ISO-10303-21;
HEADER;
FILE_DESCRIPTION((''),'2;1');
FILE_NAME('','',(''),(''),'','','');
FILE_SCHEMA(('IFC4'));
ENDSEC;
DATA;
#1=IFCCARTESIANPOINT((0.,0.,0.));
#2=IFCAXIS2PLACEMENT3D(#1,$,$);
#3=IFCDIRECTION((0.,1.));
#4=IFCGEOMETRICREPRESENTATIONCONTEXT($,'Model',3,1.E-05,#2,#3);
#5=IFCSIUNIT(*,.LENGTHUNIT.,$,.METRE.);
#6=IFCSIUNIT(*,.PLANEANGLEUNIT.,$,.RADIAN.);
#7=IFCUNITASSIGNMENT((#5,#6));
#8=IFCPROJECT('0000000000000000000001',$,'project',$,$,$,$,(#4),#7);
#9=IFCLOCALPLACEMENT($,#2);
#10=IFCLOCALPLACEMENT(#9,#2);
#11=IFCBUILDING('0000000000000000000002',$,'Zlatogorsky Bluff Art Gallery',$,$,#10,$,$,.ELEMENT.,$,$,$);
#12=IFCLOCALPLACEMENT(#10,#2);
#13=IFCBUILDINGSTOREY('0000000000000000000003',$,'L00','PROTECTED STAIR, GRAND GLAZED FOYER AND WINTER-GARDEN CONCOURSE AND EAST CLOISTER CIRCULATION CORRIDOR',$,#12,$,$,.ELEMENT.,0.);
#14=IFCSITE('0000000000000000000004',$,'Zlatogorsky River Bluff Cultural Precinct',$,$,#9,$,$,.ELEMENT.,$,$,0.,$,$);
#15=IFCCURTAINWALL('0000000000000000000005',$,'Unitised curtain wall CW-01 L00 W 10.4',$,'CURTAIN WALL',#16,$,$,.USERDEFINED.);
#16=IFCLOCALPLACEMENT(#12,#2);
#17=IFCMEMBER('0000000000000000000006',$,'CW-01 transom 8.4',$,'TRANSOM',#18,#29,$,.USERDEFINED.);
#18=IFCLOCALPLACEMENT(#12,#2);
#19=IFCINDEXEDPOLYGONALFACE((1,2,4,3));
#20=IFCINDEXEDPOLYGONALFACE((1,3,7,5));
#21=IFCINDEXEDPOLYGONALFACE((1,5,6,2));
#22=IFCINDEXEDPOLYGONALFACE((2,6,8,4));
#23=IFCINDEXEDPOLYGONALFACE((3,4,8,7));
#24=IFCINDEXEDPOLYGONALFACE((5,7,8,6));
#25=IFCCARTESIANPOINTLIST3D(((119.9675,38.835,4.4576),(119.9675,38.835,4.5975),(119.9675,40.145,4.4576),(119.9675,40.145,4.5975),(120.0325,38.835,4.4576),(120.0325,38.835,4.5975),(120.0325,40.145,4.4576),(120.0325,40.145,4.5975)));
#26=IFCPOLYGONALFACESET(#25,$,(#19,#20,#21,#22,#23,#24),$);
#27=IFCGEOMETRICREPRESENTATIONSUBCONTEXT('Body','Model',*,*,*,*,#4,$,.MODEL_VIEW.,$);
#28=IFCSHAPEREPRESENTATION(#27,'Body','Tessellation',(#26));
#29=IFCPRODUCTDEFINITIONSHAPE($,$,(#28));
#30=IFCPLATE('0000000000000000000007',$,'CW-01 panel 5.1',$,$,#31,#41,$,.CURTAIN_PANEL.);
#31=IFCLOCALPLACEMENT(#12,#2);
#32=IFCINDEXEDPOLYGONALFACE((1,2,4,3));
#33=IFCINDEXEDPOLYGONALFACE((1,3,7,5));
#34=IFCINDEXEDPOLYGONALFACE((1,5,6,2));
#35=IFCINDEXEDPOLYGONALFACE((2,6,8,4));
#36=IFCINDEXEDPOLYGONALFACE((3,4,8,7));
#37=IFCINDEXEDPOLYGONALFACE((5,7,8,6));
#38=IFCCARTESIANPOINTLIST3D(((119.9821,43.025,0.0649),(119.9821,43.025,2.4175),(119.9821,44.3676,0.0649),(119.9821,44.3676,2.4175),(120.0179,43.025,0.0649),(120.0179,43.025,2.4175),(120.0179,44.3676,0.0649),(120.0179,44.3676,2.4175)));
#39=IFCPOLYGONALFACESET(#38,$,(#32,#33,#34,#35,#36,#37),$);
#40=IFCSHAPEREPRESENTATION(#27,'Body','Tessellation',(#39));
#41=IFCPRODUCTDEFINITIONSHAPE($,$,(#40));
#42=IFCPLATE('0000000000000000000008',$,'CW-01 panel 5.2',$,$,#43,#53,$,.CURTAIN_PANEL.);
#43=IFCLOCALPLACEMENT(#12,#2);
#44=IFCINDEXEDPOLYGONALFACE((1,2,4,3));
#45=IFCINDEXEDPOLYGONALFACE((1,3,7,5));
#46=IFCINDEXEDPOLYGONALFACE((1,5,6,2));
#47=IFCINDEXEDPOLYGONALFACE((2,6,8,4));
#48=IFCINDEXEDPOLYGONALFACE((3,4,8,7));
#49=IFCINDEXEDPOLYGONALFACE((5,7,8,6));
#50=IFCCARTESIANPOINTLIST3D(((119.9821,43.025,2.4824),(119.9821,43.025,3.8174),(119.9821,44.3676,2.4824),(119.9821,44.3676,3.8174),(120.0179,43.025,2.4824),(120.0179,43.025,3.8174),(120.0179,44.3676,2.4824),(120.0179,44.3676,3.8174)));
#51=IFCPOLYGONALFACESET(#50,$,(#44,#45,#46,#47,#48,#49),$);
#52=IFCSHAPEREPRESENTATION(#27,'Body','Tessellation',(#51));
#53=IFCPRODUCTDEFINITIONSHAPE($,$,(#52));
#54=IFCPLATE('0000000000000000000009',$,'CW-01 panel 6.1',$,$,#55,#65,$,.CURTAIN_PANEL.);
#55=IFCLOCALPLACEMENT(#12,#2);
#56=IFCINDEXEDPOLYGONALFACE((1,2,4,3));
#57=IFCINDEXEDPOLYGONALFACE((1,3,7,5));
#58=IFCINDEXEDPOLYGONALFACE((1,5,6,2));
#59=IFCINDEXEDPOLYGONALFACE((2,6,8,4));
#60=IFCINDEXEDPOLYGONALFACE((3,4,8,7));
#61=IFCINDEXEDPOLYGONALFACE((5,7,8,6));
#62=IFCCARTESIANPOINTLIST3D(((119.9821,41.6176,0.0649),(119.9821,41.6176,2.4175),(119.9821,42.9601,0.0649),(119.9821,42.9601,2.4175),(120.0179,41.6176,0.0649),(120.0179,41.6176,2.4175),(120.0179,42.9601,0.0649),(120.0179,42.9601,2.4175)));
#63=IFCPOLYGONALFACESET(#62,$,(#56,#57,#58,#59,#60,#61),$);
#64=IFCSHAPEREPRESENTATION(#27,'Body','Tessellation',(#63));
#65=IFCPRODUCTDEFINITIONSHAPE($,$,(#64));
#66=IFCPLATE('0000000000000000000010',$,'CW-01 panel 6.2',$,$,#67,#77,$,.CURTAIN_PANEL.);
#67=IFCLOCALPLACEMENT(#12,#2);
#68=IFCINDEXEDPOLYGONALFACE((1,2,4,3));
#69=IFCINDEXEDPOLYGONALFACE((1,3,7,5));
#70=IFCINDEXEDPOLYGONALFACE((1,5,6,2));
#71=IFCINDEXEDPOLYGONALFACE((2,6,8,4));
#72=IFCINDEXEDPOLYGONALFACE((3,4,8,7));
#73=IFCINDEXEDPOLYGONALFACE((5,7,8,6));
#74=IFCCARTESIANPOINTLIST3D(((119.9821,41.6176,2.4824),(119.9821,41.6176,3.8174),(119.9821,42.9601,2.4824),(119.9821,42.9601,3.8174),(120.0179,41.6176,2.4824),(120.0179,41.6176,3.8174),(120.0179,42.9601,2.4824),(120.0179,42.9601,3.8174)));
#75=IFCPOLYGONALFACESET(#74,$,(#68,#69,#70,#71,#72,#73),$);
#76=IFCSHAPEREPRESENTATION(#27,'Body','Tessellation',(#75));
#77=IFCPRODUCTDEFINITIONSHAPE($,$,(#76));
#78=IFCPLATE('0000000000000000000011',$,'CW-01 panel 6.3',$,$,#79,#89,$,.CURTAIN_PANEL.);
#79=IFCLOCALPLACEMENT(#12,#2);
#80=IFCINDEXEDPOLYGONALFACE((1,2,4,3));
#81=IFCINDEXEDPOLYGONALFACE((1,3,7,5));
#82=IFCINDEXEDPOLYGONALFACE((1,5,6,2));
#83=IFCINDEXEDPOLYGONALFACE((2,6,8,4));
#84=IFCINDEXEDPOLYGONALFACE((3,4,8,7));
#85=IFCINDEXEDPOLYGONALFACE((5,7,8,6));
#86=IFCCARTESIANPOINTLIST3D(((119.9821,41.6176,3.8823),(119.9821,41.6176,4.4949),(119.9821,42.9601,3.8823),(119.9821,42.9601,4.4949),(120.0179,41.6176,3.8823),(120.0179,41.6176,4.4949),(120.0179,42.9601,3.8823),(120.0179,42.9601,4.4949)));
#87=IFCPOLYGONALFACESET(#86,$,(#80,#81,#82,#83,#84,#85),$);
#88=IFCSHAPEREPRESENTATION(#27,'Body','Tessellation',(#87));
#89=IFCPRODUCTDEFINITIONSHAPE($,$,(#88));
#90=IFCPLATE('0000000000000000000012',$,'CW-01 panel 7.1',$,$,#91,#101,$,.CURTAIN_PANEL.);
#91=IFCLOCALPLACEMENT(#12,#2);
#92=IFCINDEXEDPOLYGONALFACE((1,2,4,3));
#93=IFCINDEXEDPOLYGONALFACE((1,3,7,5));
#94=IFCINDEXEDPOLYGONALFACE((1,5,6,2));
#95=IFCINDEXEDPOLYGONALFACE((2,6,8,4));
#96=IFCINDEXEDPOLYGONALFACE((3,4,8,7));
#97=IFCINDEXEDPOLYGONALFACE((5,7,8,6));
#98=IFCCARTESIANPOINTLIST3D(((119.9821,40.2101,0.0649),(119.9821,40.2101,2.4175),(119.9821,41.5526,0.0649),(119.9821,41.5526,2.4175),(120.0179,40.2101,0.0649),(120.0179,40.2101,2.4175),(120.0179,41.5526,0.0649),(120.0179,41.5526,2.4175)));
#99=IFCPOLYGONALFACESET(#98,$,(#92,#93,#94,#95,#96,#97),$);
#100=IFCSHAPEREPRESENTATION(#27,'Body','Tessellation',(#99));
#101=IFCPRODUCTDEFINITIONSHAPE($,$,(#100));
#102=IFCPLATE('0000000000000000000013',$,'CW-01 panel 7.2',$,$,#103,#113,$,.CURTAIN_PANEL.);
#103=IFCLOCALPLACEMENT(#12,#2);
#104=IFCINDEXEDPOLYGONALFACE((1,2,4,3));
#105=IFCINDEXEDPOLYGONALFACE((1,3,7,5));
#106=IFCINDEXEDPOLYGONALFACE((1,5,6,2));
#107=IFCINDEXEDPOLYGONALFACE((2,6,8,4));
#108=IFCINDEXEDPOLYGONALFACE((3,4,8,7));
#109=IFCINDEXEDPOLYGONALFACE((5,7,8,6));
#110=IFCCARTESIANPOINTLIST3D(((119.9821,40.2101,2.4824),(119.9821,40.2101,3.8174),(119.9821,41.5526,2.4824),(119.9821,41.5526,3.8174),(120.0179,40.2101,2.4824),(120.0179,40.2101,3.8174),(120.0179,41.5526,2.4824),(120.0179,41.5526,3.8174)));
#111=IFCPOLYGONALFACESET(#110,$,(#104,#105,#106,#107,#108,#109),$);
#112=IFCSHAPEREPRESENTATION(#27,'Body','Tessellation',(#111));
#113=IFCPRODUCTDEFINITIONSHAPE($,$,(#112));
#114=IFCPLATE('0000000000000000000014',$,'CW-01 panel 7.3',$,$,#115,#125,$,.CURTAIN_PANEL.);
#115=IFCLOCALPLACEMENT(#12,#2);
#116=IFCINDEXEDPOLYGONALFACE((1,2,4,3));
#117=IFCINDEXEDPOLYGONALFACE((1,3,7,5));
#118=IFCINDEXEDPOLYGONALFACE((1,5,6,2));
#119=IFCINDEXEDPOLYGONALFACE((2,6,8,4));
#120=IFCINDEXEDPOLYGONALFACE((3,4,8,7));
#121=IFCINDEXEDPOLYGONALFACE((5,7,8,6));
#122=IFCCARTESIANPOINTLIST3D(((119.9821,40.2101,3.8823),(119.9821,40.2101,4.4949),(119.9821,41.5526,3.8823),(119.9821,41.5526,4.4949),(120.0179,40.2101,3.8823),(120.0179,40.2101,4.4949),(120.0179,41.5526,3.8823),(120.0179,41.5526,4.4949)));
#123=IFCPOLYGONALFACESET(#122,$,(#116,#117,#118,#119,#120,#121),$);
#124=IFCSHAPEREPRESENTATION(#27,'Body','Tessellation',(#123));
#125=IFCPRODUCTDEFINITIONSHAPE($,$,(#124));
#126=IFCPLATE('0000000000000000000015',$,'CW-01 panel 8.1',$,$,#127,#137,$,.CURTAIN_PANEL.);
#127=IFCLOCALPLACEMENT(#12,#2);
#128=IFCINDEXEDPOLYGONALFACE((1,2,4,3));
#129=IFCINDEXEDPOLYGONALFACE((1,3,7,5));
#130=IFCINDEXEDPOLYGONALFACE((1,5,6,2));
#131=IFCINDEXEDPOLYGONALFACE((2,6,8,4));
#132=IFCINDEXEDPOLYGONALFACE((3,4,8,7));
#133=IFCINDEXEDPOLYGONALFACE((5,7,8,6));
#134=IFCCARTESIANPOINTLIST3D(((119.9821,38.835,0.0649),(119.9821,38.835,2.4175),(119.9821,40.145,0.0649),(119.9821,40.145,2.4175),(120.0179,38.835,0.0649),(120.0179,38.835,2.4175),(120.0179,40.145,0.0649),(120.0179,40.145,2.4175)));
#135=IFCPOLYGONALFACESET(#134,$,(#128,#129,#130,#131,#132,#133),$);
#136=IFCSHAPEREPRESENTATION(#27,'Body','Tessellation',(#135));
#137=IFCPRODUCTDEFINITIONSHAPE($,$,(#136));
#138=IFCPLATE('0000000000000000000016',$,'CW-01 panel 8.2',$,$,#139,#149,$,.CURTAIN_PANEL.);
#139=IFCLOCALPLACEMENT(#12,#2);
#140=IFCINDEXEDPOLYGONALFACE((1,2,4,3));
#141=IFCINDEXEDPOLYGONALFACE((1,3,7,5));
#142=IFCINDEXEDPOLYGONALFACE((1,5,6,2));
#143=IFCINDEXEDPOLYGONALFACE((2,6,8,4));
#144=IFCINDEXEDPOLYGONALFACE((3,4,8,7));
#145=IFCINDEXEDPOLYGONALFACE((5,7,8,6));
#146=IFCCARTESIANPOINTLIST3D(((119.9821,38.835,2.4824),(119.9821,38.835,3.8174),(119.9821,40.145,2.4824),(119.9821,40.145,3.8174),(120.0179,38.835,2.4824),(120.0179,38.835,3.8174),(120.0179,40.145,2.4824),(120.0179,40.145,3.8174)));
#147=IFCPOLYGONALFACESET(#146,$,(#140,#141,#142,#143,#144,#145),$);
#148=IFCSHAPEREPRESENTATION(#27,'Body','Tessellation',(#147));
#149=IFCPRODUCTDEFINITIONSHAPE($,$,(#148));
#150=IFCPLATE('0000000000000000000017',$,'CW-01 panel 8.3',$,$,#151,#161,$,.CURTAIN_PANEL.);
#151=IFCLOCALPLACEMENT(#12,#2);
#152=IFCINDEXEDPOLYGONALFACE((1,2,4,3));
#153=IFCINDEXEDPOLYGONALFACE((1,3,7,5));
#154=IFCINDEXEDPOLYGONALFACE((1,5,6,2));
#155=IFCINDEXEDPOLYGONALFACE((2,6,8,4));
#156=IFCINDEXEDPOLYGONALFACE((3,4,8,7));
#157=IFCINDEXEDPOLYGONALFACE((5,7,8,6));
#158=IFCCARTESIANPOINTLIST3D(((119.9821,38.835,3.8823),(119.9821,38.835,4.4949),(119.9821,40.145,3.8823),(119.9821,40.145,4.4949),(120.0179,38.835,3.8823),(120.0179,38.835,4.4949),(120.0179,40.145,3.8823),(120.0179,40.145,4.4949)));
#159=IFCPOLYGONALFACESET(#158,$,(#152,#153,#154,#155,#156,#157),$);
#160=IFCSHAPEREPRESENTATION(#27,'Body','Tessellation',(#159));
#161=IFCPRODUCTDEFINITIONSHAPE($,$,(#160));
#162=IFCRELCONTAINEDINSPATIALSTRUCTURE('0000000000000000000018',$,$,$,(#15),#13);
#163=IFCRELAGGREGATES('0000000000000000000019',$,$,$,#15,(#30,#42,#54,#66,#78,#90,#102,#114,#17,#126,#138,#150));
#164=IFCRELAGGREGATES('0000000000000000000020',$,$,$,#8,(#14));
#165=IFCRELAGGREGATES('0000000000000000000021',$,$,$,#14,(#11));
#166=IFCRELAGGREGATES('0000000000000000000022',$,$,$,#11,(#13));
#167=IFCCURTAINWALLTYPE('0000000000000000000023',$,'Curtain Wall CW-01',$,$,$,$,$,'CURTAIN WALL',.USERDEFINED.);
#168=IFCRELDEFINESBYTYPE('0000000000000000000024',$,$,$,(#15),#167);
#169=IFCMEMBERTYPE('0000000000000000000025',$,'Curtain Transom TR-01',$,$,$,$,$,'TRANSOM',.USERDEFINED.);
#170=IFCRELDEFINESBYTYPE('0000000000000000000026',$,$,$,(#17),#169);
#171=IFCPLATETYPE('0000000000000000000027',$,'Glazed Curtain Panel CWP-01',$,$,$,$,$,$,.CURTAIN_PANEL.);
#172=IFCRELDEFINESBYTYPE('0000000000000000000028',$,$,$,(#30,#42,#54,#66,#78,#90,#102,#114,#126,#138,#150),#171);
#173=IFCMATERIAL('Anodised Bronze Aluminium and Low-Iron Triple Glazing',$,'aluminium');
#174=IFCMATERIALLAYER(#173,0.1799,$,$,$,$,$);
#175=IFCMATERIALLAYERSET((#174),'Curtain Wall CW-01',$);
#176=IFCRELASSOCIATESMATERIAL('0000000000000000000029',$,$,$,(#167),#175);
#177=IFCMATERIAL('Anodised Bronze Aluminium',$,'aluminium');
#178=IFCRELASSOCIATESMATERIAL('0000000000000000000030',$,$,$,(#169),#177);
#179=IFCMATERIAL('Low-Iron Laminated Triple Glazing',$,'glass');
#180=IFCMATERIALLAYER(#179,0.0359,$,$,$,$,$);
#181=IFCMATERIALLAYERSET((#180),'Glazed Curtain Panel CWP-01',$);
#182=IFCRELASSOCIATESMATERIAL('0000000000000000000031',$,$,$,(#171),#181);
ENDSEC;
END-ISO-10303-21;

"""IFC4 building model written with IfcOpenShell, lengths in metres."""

from ifc_helpers import new_model, si_unit, direction, frame, origin, origin_2d, place, context, subcontext, project, spatial, rectangle, extrude, material, layer, layer_set, material_profile, profile_set, type_object, element, aggregate, save


model = new_model("IFC4")

# Units and contexts
model_context = context("Model", 3, precision=1e-05, world=origin(), true_north=direction((0.0, 1.0)))
body_context = subcontext(model_context, "Body", "Model", "MODEL_VIEW")
ifc_project = project(units=[si_unit("LENGTHUNIT", "METRE"), si_unit("PLANEANGLEUNIT", "RADIAN")], contexts=[model_context])

# Site, building, storey
site_placement = place(None, origin())
site = spatial("IfcSite", under=ifc_project, at=site_placement, Name="Zlatogorsky River Bluff Cultural Precinct", CompositionType="ELEMENT", RefElevation=0.0)
building_placement = place(site_placement, origin())
building = spatial("IfcBuilding", under=site, at=building_placement, Name="Zlatogorsky Bluff Art Gallery", CompositionType="ELEMENT")
storey_placement = place(building_placement, origin())
storey = spatial("IfcBuildingStorey", under=building, at=storey_placement, Name="L00", Description="PROTECTED STAIR, GRAND GLAZED FOYER AND WINTER-GARDEN CONCOURSE AND EAST CLOISTER CIRCULATION CORRIDOR", CompositionType="ELEMENT", Elevation=0.0)

# Curtain wall, member, plates
ifc_material_1 = material(Name="Anodised Bronze Aluminium and Low-Iron Triple Glazing", Category="aluminium")
ifc_layer_1 = layer(ifc_material_1, 0.1799)
ifc_layer_set_1 = layer_set([ifc_layer_1], Name="Curtain Wall CW-01")
curtain_wall_type = type_object("IfcCurtainWallType", Name="Curtain Wall CW-01", ElementType="CURTAIN WALL", PredefinedType="USERDEFINED", material=ifc_layer_set_1)
curtain_wall_placement = place(storey_placement, origin())
curtain_wall = element("IfcCurtainWall", 1, at=curtain_wall_placement, inside=storey, type_object=curtain_wall_type, Name="Unitised curtain wall CW-01 L00 W 10.4", ObjectType="CURTAIN WALL", PredefinedType="USERDEFINED")
ifc_material_2 = material(Name="Anodised Bronze Aluminium", Category="aluminium")
ifc_material_profile_1 = material_profile(ifc_material_2, rectangle(XDim=0.0649, YDim=0.1399, at=origin_2d()), Name="ALU TRANSOM 65x140")
ifc_profile_set_1 = profile_set([ifc_material_profile_1], Name="Anodised Bronze Aluminium")
member_type_1 = type_object("IfcMemberType", Name="Curtain Transom TR-01", ElementType="TRANSOM", PredefinedType="USERDEFINED", material=ifc_profile_set_1)
member_1_placement = place(storey_placement, frame((120.0, 40.145, 4.5276), z_axis=(0.0, -1.0, 0.0), x_axis=(1.0, 0.0, 0.0)))
member_1 = element("IfcMember", 2, at=member_1_placement, type_object=member_type_1, Name="CW-01 transom 8.4", ObjectType="TRANSOM", PredefinedType="USERDEFINED", context=body_context, shape_type="SweptSolid", body=[
    extrude(rectangle(XDim=0.0649, YDim=0.1399, at=origin_2d()), origin(), (0.0, 0.0, 1.0), 1.3101),
])
ifc_material_3 = material(Name="Low-Iron Laminated Triple Glazing", Category="glass")
ifc_layer_2 = layer(ifc_material_3, 0.0359)
ifc_layer_set_2 = layer_set([ifc_layer_2], Name="Glazed Curtain Panel CWP-01")
plate_type = type_object("IfcPlateType", Name="Glazed Curtain Panel CWP-01", PredefinedType="CURTAIN_PANEL", material=ifc_layer_set_2)
plate_1_placement = place(storey_placement, frame((120.0, 43.6963, 0.0649), z_axis=(0.0, 0.0, 1.0), x_axis=(0.0, -1.0, 0.0)))
plate_1 = element("IfcPlate", 3, at=plate_1_placement, type_object=plate_type, Name="CW-01 panel 5.1", PredefinedType="CURTAIN_PANEL", context=body_context, shape_type="SweptSolid", body=[
    extrude(rectangle(XDim=1.3425, YDim=0.0359, at=origin_2d()), origin(), (0.0, 0.0, 1.0), 2.3525),
])
plate_2_placement = place(storey_placement, frame((120.0, 43.6963, 2.4824), z_axis=(0.0, 0.0, 1.0), x_axis=(0.0, -1.0, 0.0)))
plate_2 = element("IfcPlate", 4, at=plate_2_placement, type_object=plate_type, Name="CW-01 panel 5.2", PredefinedType="CURTAIN_PANEL", context=body_context, shape_type="SweptSolid", body=[
    extrude(rectangle(XDim=1.3425, YDim=0.0359, at=origin_2d()), origin(), (0.0, 0.0, 1.0), 1.335),
])
plate_3_placement = place(storey_placement, frame((120.0, 42.2888, 0.0649), z_axis=(0.0, 0.0, 1.0), x_axis=(0.0, -1.0, 0.0)))
plate_3 = element("IfcPlate", 5, at=plate_3_placement, type_object=plate_type, Name="CW-01 panel 6.1", PredefinedType="CURTAIN_PANEL", context=body_context, shape_type="SweptSolid", body=[
    extrude(rectangle(XDim=1.3425, YDim=0.0359, at=origin_2d()), origin(), (0.0, 0.0, 1.0), 2.3525),
])
plate_4_placement = place(storey_placement, frame((120.0, 42.2888, 2.4824), z_axis=(0.0, 0.0, 1.0), x_axis=(0.0, -1.0, 0.0)))
plate_4 = element("IfcPlate", 6, at=plate_4_placement, type_object=plate_type, Name="CW-01 panel 6.2", PredefinedType="CURTAIN_PANEL", context=body_context, shape_type="SweptSolid", body=[
    extrude(rectangle(XDim=1.3425, YDim=0.0359, at=origin_2d()), origin(), (0.0, 0.0, 1.0), 1.335),
])
plate_5_placement = place(storey_placement, frame((120.0, 42.2888, 3.8823), z_axis=(0.0, 0.0, 1.0), x_axis=(0.0, -1.0, 0.0)))
plate_5 = element("IfcPlate", 7, at=plate_5_placement, type_object=plate_type, Name="CW-01 panel 6.3", PredefinedType="CURTAIN_PANEL", context=body_context, shape_type="SweptSolid", body=[
    extrude(rectangle(XDim=1.3425, YDim=0.0359, at=origin_2d()), origin(), (0.0, 0.0, 1.0), 0.6125),
])
plate_6_placement = place(storey_placement, frame((120.0, 40.8813, 0.0649), z_axis=(0.0, 0.0, 1.0), x_axis=(0.0, -1.0, 0.0)))
plate_6 = element("IfcPlate", 8, at=plate_6_placement, type_object=plate_type, Name="CW-01 panel 7.1", PredefinedType="CURTAIN_PANEL", context=body_context, shape_type="SweptSolid", body=[
    extrude(rectangle(XDim=1.3425, YDim=0.0359, at=origin_2d()), origin(), (0.0, 0.0, 1.0), 2.3525),
])
plate_7_placement = place(storey_placement, frame((120.0, 40.8813, 2.4824), z_axis=(0.0, 0.0, 1.0), x_axis=(0.0, -1.0, 0.0)))
plate_7 = element("IfcPlate", 9, at=plate_7_placement, type_object=plate_type, Name="CW-01 panel 7.2", PredefinedType="CURTAIN_PANEL", context=body_context, shape_type="SweptSolid", body=[
    extrude(rectangle(XDim=1.3425, YDim=0.0359, at=origin_2d()), origin(), (0.0, 0.0, 1.0), 1.335),
])
plate_8_placement = place(storey_placement, frame((120.0, 40.8813, 3.8823), z_axis=(0.0, 0.0, 1.0), x_axis=(0.0, -1.0, 0.0)))
plate_8 = element("IfcPlate", 10, at=plate_8_placement, type_object=plate_type, Name="CW-01 panel 7.3", PredefinedType="CURTAIN_PANEL", context=body_context, shape_type="SweptSolid", body=[
    extrude(rectangle(XDim=1.3425, YDim=0.0359, at=origin_2d()), origin(), (0.0, 0.0, 1.0), 0.6125),
])
plate_9_placement = place(storey_placement, frame((120.0, 39.49, 0.0649), z_axis=(0.0, 0.0, 1.0), x_axis=(0.0, -1.0, 0.0)))
plate_9 = element("IfcPlate", 11, at=plate_9_placement, type_object=plate_type, Name="CW-01 panel 8.1", PredefinedType="CURTAIN_PANEL", context=body_context, shape_type="SweptSolid", body=[
    extrude(rectangle(XDim=1.3101, YDim=0.0359, at=origin_2d()), origin(), (0.0, 0.0, 1.0), 2.3525),
])
plate_10_placement = place(storey_placement, frame((120.0, 39.49, 2.4824), z_axis=(0.0, 0.0, 1.0), x_axis=(0.0, -1.0, 0.0)))
plate_10 = element("IfcPlate", 12, at=plate_10_placement, type_object=plate_type, Name="CW-01 panel 8.2", PredefinedType="CURTAIN_PANEL", context=body_context, shape_type="SweptSolid", body=[
    extrude(rectangle(XDim=1.3101, YDim=0.0359, at=origin_2d()), origin(), (0.0, 0.0, 1.0), 1.335),
])
plate_11_placement = place(storey_placement, frame((120.0, 39.49, 3.8823), z_axis=(0.0, 0.0, 1.0), x_axis=(0.0, -1.0, 0.0)))
plate_11 = element("IfcPlate", 13, at=plate_11_placement, type_object=plate_type, Name="CW-01 panel 8.3", PredefinedType="CURTAIN_PANEL", context=body_context, shape_type="SweptSolid", body=[
    extrude(rectangle(XDim=1.3101, YDim=0.0359, at=origin_2d()), origin(), (0.0, 0.0, 1.0), 0.6125),
])
aggregate(curtain_wall, [plate_1, plate_2, plate_3, plate_4, plate_5, plate_6, plate_7, plate_8, member_1, plate_9, plate_10, plate_11])

save(model, "model.ifc")
